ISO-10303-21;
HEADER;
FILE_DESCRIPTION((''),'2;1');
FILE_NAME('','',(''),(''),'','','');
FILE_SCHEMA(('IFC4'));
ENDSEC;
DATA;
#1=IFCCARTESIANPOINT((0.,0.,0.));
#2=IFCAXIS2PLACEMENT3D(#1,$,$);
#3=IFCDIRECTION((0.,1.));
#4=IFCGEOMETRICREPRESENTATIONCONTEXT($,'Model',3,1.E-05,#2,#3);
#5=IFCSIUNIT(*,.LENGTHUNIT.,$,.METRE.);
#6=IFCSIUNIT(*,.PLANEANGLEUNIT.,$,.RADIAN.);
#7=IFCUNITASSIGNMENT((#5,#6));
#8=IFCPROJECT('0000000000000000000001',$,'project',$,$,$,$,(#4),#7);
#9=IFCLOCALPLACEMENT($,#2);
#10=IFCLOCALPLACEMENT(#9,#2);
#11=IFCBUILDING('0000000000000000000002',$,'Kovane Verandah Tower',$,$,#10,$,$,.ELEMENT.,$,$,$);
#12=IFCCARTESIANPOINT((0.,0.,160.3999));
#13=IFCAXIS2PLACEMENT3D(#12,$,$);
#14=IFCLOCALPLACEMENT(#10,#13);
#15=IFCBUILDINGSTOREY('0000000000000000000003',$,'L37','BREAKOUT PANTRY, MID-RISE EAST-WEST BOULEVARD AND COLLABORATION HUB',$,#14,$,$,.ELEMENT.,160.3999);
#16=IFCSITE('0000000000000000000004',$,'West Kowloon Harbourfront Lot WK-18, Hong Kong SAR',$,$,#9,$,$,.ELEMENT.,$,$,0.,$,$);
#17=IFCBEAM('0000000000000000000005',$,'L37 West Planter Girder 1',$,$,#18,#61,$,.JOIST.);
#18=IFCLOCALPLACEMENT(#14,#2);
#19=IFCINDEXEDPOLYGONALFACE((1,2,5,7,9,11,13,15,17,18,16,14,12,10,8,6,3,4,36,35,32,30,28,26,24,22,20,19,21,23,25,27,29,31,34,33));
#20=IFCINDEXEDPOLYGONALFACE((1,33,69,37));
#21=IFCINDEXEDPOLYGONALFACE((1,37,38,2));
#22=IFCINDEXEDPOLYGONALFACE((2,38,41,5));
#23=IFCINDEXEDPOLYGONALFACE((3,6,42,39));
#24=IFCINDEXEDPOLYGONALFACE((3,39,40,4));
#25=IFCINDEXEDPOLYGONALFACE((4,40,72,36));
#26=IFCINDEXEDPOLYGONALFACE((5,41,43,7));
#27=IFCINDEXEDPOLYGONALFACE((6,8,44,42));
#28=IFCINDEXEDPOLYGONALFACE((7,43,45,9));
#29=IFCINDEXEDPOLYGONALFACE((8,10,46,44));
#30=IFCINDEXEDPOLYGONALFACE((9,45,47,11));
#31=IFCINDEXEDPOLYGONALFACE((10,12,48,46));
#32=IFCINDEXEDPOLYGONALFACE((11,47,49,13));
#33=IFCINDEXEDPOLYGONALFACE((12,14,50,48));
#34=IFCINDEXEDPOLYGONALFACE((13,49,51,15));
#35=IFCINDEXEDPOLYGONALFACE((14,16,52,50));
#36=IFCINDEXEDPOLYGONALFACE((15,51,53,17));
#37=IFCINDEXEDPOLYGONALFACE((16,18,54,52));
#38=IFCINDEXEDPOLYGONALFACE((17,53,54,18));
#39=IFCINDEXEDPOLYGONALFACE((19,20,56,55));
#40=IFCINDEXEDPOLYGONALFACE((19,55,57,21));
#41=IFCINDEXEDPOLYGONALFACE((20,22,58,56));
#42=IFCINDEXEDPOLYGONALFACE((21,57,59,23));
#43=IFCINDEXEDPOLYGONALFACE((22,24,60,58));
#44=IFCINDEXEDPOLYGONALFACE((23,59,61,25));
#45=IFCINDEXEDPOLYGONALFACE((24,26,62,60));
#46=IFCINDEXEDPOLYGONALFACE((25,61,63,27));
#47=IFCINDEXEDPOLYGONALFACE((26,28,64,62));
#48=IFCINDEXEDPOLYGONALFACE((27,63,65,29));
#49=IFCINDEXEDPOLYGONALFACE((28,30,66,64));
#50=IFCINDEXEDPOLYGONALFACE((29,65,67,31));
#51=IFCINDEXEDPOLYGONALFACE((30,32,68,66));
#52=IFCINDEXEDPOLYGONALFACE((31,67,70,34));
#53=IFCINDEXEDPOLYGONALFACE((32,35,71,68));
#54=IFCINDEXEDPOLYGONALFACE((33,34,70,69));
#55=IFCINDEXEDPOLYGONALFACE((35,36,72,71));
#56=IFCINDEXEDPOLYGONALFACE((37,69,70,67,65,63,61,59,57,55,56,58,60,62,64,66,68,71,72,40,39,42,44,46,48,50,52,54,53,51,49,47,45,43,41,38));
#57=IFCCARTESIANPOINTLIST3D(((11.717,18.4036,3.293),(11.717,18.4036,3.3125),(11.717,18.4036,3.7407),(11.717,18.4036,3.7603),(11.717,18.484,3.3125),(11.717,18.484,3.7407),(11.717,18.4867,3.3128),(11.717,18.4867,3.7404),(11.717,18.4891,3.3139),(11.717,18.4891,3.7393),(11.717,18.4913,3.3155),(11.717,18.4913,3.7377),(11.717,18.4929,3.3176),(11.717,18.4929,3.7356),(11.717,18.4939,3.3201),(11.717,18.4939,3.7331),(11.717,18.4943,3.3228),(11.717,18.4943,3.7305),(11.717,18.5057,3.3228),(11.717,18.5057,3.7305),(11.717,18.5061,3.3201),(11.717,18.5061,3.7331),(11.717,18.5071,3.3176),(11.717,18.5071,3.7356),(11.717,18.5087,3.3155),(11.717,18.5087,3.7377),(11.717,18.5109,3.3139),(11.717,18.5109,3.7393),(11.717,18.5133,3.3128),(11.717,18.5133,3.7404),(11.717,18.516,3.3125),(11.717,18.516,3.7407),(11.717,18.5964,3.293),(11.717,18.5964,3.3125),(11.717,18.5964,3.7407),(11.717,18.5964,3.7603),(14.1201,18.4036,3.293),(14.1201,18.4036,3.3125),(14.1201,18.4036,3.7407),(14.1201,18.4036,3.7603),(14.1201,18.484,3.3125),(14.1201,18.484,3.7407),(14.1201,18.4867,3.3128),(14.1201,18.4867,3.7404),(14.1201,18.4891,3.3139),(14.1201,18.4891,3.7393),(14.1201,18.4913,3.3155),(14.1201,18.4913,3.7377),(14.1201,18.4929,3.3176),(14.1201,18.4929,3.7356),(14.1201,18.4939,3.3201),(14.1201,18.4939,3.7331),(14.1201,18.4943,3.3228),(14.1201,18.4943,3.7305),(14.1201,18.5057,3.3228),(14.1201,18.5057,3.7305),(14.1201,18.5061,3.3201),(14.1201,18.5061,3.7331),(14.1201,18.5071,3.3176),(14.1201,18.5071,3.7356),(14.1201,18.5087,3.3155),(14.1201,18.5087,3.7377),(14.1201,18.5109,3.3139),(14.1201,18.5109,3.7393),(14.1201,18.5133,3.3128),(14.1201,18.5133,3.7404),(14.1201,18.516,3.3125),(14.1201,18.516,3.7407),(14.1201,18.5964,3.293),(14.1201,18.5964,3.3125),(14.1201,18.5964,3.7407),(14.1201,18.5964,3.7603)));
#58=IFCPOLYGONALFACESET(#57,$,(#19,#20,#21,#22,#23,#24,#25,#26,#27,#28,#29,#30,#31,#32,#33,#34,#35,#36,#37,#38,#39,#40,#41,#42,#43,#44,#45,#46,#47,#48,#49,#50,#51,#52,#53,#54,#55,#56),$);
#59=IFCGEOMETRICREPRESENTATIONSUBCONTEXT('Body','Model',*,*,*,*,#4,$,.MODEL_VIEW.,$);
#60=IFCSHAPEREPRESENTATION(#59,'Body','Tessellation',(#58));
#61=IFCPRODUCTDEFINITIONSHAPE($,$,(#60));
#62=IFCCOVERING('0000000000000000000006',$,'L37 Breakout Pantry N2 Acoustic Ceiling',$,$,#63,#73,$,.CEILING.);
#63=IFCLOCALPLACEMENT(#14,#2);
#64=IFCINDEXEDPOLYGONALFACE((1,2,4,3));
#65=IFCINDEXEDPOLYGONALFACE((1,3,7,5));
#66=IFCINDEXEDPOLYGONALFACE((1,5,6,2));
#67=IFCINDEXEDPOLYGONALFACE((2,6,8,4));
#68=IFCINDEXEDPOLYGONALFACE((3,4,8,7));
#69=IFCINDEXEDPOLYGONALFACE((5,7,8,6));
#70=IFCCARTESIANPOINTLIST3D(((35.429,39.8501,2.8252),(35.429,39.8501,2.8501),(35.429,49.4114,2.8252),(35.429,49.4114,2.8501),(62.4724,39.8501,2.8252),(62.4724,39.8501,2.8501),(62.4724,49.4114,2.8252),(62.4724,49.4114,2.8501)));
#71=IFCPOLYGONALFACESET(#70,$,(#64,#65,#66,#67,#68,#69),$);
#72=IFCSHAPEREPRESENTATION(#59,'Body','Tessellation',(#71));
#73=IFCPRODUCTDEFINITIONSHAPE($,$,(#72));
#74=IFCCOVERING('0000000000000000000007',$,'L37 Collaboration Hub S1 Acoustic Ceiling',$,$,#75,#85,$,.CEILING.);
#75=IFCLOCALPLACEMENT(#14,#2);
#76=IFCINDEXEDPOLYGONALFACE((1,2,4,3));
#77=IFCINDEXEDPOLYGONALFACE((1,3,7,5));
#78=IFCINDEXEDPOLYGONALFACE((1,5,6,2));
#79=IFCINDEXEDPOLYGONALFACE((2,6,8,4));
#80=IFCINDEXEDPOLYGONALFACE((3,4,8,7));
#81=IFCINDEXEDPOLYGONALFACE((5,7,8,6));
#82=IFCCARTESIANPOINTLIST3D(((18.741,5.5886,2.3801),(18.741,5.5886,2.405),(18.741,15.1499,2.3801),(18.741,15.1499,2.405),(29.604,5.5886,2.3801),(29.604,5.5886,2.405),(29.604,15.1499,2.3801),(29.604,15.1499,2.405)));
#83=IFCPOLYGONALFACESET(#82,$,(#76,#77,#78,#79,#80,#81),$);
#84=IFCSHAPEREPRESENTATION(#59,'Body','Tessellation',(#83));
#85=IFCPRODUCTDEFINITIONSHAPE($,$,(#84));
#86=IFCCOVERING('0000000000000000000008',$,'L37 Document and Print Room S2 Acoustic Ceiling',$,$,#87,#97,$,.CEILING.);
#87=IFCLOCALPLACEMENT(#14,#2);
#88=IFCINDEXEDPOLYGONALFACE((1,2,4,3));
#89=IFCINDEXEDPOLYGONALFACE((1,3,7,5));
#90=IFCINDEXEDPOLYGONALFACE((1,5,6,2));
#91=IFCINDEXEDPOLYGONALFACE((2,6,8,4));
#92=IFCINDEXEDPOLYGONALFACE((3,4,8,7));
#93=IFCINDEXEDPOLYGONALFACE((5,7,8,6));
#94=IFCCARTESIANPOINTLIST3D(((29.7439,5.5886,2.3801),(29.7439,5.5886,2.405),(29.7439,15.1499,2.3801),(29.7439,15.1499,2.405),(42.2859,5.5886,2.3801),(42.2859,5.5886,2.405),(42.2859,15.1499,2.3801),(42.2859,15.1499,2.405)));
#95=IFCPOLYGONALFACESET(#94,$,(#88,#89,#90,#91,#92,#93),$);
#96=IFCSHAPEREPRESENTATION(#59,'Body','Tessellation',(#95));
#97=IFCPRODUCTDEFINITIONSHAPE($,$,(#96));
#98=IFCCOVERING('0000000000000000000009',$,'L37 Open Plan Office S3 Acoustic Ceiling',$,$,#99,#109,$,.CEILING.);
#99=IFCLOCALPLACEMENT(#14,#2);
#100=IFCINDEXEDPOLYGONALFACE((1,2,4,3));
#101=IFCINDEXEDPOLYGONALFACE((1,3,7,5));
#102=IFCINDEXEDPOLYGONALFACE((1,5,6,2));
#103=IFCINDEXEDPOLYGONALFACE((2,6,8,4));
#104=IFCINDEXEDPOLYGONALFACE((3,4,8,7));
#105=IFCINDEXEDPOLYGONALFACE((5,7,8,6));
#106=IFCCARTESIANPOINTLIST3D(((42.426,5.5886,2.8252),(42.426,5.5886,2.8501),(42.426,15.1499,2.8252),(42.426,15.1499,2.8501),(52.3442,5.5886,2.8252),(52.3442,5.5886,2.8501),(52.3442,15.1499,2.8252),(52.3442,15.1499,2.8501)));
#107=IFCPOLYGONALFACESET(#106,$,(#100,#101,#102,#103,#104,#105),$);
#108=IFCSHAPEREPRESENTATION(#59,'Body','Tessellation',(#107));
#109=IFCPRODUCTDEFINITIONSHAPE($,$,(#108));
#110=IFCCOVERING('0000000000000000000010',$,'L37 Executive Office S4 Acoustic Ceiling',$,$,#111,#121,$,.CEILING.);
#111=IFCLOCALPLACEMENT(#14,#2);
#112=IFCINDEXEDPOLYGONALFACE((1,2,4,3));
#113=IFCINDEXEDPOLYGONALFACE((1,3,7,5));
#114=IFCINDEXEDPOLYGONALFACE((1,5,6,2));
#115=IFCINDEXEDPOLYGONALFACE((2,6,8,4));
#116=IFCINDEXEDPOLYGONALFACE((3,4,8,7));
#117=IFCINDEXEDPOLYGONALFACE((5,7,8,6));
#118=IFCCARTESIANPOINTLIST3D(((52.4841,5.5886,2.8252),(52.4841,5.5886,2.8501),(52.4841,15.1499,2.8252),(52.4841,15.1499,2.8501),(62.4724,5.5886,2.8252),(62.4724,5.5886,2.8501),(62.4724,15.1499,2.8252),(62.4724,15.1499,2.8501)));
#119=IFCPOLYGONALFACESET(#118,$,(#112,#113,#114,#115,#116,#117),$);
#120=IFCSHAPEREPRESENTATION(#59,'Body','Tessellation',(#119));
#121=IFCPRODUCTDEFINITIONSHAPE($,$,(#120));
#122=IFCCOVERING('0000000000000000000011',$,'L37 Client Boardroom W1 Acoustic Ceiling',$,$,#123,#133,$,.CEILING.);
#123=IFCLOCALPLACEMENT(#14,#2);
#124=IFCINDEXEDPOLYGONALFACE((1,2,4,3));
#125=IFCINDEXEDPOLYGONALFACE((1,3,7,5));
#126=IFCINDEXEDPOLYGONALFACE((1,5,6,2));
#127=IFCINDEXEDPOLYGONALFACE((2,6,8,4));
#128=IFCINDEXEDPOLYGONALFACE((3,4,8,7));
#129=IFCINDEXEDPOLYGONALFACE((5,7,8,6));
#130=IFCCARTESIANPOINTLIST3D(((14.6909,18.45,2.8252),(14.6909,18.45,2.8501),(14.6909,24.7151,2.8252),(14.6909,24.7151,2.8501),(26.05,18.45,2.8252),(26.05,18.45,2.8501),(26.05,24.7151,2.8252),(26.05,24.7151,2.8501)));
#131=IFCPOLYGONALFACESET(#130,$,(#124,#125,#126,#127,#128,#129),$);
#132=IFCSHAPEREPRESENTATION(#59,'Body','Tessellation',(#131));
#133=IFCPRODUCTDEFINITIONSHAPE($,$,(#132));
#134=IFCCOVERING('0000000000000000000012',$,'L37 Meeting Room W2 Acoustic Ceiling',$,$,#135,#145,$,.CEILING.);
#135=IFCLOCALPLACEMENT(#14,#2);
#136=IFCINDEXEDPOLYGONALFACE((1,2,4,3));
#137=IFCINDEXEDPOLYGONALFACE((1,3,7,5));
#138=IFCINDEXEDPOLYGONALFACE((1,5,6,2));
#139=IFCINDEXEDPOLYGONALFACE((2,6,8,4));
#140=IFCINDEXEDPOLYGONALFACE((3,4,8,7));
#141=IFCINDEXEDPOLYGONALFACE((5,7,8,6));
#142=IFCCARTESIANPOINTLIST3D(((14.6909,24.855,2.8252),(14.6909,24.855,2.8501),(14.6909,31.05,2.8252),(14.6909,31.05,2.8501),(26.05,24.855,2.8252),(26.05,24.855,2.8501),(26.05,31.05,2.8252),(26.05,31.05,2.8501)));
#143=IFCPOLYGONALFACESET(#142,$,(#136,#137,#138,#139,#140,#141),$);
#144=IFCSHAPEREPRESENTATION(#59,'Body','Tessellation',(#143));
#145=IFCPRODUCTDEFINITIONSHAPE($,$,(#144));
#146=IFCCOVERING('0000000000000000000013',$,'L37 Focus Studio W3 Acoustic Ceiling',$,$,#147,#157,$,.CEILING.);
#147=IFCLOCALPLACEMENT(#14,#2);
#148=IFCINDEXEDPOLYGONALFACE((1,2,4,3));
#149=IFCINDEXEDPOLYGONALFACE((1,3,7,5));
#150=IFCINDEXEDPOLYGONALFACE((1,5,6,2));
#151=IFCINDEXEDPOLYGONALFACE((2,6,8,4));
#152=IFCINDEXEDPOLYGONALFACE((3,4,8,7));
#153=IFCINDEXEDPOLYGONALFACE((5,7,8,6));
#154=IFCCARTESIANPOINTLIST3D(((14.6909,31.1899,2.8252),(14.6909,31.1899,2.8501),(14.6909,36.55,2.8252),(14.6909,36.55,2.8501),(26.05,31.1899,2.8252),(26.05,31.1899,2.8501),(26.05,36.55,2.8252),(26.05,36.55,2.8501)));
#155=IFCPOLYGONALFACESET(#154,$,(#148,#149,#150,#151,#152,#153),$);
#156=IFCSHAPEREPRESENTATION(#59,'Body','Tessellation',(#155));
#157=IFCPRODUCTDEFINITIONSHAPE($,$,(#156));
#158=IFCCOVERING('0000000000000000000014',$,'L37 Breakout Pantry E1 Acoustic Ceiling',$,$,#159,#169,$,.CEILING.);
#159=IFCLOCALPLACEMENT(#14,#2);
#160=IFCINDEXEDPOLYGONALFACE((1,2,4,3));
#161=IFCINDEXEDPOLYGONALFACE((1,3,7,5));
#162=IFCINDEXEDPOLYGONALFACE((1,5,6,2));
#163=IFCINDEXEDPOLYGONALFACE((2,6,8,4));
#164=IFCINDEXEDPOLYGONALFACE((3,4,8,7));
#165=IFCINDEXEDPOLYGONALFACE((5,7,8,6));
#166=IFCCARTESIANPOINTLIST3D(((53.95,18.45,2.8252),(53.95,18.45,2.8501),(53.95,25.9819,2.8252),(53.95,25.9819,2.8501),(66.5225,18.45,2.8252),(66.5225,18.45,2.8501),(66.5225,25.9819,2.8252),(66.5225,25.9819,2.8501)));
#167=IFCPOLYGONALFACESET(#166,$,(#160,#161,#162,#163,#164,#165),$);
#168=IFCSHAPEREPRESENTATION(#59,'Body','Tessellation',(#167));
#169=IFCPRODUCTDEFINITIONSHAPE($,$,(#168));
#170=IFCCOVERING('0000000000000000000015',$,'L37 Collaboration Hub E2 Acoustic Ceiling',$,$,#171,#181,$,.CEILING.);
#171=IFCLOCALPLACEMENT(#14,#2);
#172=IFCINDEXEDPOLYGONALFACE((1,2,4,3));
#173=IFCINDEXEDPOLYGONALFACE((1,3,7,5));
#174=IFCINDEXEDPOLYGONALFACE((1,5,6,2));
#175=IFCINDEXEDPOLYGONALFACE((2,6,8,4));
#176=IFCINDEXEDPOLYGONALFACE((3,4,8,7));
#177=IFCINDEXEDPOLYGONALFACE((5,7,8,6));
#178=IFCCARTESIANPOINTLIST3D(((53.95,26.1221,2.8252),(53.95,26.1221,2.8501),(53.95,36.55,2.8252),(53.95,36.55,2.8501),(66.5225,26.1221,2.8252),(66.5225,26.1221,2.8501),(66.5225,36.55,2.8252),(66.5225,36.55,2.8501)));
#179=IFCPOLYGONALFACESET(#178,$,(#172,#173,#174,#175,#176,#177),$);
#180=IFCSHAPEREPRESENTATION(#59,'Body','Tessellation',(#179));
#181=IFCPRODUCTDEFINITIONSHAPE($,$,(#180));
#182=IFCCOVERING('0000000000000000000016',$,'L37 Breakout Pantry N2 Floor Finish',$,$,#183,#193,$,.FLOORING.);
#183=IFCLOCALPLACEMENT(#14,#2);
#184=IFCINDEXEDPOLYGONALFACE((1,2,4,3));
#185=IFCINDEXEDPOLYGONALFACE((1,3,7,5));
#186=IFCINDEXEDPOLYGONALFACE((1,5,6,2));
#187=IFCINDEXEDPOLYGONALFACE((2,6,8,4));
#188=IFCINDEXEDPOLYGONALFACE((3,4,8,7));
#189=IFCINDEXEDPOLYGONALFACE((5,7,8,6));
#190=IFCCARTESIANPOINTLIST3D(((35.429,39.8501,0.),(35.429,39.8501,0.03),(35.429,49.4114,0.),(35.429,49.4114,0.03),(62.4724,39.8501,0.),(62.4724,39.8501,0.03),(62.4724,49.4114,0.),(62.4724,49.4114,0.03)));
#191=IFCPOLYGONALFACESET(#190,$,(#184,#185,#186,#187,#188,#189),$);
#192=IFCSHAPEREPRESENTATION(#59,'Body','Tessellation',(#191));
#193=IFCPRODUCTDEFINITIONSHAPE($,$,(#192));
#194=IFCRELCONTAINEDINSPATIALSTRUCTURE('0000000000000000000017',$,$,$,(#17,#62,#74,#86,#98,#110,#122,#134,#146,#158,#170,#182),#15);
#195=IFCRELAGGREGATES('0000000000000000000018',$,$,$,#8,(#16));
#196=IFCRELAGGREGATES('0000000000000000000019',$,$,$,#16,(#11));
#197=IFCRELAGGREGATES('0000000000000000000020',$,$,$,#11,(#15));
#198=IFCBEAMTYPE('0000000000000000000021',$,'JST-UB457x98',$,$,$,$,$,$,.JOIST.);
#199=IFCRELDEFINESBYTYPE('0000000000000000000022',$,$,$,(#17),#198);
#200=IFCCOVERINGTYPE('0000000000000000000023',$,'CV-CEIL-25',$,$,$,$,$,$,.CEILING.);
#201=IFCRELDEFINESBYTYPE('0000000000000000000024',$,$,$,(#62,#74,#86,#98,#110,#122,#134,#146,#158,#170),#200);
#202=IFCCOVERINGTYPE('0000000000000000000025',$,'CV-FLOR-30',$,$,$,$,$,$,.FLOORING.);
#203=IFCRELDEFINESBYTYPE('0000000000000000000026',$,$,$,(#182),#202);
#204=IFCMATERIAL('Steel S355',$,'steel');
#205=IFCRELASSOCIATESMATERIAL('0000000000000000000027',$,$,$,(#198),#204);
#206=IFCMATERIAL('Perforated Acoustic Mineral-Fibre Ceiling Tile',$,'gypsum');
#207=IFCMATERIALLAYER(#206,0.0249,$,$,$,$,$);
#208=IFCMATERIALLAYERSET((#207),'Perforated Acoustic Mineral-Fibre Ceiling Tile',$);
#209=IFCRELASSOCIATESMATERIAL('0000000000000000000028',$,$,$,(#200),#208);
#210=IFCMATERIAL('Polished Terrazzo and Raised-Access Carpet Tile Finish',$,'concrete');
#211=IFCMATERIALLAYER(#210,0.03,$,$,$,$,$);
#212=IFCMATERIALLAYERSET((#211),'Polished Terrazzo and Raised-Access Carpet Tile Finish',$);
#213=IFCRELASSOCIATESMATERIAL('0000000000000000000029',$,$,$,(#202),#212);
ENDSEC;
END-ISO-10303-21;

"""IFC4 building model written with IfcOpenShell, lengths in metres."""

from ifc_helpers import new_model, si_unit, direction, frame, origin, origin_2d, place, context, subcontext, project, spatial, polyline, i_section, outline, extrude, material, layer, layer_set, material_profile, profile_set, type_object, element, save


model = new_model("IFC4")

# Units and contexts
model_context = context("Model", 3, precision=1e-05, world=origin(), true_north=direction((0.0, 1.0)))
body_context = subcontext(model_context, "Body", "Model", "MODEL_VIEW")
ifc_project = project(units=[si_unit("LENGTHUNIT", "METRE"), si_unit("PLANEANGLEUNIT", "RADIAN")], contexts=[model_context])

# Site, building, storey
site_placement = place(None, origin())
site = spatial("IfcSite", under=ifc_project, at=site_placement, Name="West Kowloon Harbourfront Lot WK-18, Hong Kong SAR", CompositionType="ELEMENT", RefElevation=0.0)
building_placement = place(site_placement, origin())
building = spatial("IfcBuilding", under=site, at=building_placement, Name="Kovane Verandah Tower", CompositionType="ELEMENT")
storey_placement = place(building_placement, frame((0.0, 0.0, 160.3999)))
storey = spatial("IfcBuildingStorey", under=building, at=storey_placement, Name="L37", Description="BREAKOUT PANTRY, MID-RISE EAST-WEST BOULEVARD AND COLLABORATION HUB", CompositionType="ELEMENT", Elevation=160.3999)

# Beam
ifc_material_1 = material(Name="Steel S355", Category="steel")
ifc_material_profile = material_profile(ifc_material_1, i_section(OverallWidth=0.1929, OverallDepth=0.4673, WebThickness=0.0115, FlangeThickness=0.0195, FilletRadius=0.0103, at=origin_2d()), Name="UB457x191x98")
ifc_profile_set = profile_set([ifc_material_profile], Name="Steel S355")
beam_type = type_object("IfcBeamType", Name="JST-UB457x98", PredefinedType="JOIST", material=ifc_profile_set)
beam_placement = place(storey_placement, frame((14.1201, 18.5, 3.5266), z_axis=(-1.0, 0.0, 0.0), x_axis=(0.0, -1.0, 0.0)))
element("IfcBeam", 1, at=beam_placement, inside=storey, type_object=beam_type, Name="L37 West Planter Girder 1", PredefinedType="JOIST", context=body_context, shape_type="SweptSolid", body=[
    extrude(i_section(OverallWidth=0.1929, OverallDepth=0.4673, WebThickness=0.0115, FlangeThickness=0.0195, FilletRadius=0.0103, at=origin_2d()), origin(), (0.0, 0.0, 1.0), 2.4031),
])

# Coverings
ifc_material_2 = material(Name="Perforated Acoustic Mineral-Fibre Ceiling Tile", Category="gypsum")
ifc_layer_1 = layer(ifc_material_2, 0.0249)
ifc_layer_set_1 = layer_set([ifc_layer_1], Name="Perforated Acoustic Mineral-Fibre Ceiling Tile")
covering_type_1 = type_object("IfcCoveringType", Name="CV-CEIL-25", PredefinedType="CEILING", material=ifc_layer_set_1)
covering_1_placement = place(storey_placement, frame((0.0, 0.0, 2.8252)))
element("IfcCovering", 2, at=covering_1_placement, inside=storey, type_object=covering_type_1, Name="L37 Breakout Pantry N2 Acoustic Ceiling", PredefinedType="CEILING", context=body_context, shape_type="SweptSolid", body=[
    extrude(outline(polyline([(35.429, 39.8501), (62.4724, 39.8501), (62.4724, 49.4114), (35.429, 49.4114), (35.429, 39.8501)])), origin(), (0.0, 0.0, 1.0), 0.0249),
])
covering_2_placement = place(storey_placement, frame((0.0, 0.0, 2.3801)))
element("IfcCovering", 3, at=covering_2_placement, inside=storey, type_object=covering_type_1, Name="L37 Collaboration Hub S1 Acoustic Ceiling", PredefinedType="CEILING", context=body_context, shape_type="SweptSolid", body=[
    extrude(outline(polyline([(18.741, 5.5886), (29.604, 5.5886), (29.604, 15.1499), (18.741, 15.1499), (18.741, 5.5886)])), origin(), (0.0, 0.0, 1.0), 0.0249),
])
covering_3_placement = place(storey_placement, frame((0.0, 0.0, 2.3801)))
element("IfcCovering", 4, at=covering_3_placement, inside=storey, type_object=covering_type_1, Name="L37 Document and Print Room S2 Acoustic Ceiling", PredefinedType="CEILING", context=body_context, shape_type="SweptSolid", body=[
    extrude(outline(polyline([(29.7439, 5.5886), (42.2859, 5.5886), (42.2859, 15.1499), (29.7439, 15.1499), (29.7439, 5.5886)])), origin(), (0.0, 0.0, 1.0), 0.0249),
])
covering_4_placement = place(storey_placement, frame((0.0, 0.0, 2.8252)))
element("IfcCovering", 5, at=covering_4_placement, inside=storey, type_object=covering_type_1, Name="L37 Open Plan Office S3 Acoustic Ceiling", PredefinedType="CEILING", context=body_context, shape_type="SweptSolid", body=[
    extrude(outline(polyline([(42.426, 5.5886), (52.3442, 5.5886), (52.3442, 15.1499), (42.426, 15.1499), (42.426, 5.5886)])), origin(), (0.0, 0.0, 1.0), 0.0249),
])
covering_5_placement = place(storey_placement, frame((0.0, 0.0, 2.8252)))
element("IfcCovering", 6, at=covering_5_placement, inside=storey, type_object=covering_type_1, Name="L37 Executive Office S4 Acoustic Ceiling", PredefinedType="CEILING", context=body_context, shape_type="SweptSolid", body=[
    extrude(outline(polyline([(52.4841, 5.5886), (62.4724, 5.5886), (62.4724, 15.1499), (52.4841, 15.1499), (52.4841, 5.5886)])), origin(), (0.0, 0.0, 1.0), 0.0249),
])
covering_6_placement = place(storey_placement, frame((0.0, 0.0, 2.8252)))
element("IfcCovering", 7, at=covering_6_placement, inside=storey, type_object=covering_type_1, Name="L37 Client Boardroom W1 Acoustic Ceiling", PredefinedType="CEILING", context=body_context, shape_type="SweptSolid", body=[
    extrude(outline(polyline([(14.6909, 18.45), (26.05, 18.45), (26.05, 24.7151), (14.6909, 24.7151), (14.6909, 18.45)])), origin(), (0.0, 0.0, 1.0), 0.0249),
])
covering_7_placement = place(storey_placement, frame((0.0, 0.0, 2.8252)))
element("IfcCovering", 8, at=covering_7_placement, inside=storey, type_object=covering_type_1, Name="L37 Meeting Room W2 Acoustic Ceiling", PredefinedType="CEILING", context=body_context, shape_type="SweptSolid", body=[
    extrude(outline(polyline([(14.6909, 24.855), (26.05, 24.855), (26.05, 31.05), (14.6909, 31.05), (14.6909, 24.855)])), origin(), (0.0, 0.0, 1.0), 0.0249),
])
covering_8_placement = place(storey_placement, frame((0.0, 0.0, 2.8252)))
element("IfcCovering", 9, at=covering_8_placement, inside=storey, type_object=covering_type_1, Name="L37 Focus Studio W3 Acoustic Ceiling", PredefinedType="CEILING", context=body_context, shape_type="SweptSolid", body=[
    extrude(outline(polyline([(14.6909, 31.1899), (26.05, 31.1899), (26.05, 36.55), (14.6909, 36.55), (14.6909, 31.1899)])), origin(), (0.0, 0.0, 1.0), 0.0249),
])
covering_9_placement = place(storey_placement, frame((0.0, 0.0, 2.8252)))
element("IfcCovering", 10, at=covering_9_placement, inside=storey, type_object=covering_type_1, Name="L37 Breakout Pantry E1 Acoustic Ceiling", PredefinedType="CEILING", context=body_context, shape_type="SweptSolid", body=[
    extrude(outline(polyline([(53.95, 18.45), (66.5225, 18.45), (66.5225, 25.9819), (53.95, 25.9819), (53.95, 18.45)])), origin(), (0.0, 0.0, 1.0), 0.0249),
])
covering_10_placement = place(storey_placement, frame((0.0, 0.0, 2.8252)))
element("IfcCovering", 11, at=covering_10_placement, inside=storey, type_object=covering_type_1, Name="L37 Collaboration Hub E2 Acoustic Ceiling", PredefinedType="CEILING", context=body_context, shape_type="SweptSolid", body=[
    extrude(outline(polyline([(53.95, 26.1221), (66.5225, 26.1221), (66.5225, 36.55), (53.95, 36.55), (53.95, 26.1221)])), origin(), (0.0, 0.0, 1.0), 0.0249),
])
ifc_material_3 = material(Name="Polished Terrazzo and Raised-Access Carpet Tile Finish", Category="concrete")
ifc_layer_2 = layer(ifc_material_3, 0.03)
ifc_layer_set_2 = layer_set([ifc_layer_2], Name="Polished Terrazzo and Raised-Access Carpet Tile Finish")
covering_type_2 = type_object("IfcCoveringType", Name="CV-FLOR-30", PredefinedType="FLOORING", material=ifc_layer_set_2)
covering_11_placement = place(storey_placement, origin())
element("IfcCovering", 12, at=covering_11_placement, inside=storey, type_object=covering_type_2, Name="L37 Breakout Pantry N2 Floor Finish", PredefinedType="FLOORING", context=body_context, shape_type="SweptSolid", body=[
    extrude(outline(polyline([(35.429, 39.8501), (62.4724, 39.8501), (62.4724, 49.4114), (35.429, 49.4114), (35.429, 39.8501)])), origin(), (0.0, 0.0, 1.0), 0.03),
])

save(model, "model.ifc")
